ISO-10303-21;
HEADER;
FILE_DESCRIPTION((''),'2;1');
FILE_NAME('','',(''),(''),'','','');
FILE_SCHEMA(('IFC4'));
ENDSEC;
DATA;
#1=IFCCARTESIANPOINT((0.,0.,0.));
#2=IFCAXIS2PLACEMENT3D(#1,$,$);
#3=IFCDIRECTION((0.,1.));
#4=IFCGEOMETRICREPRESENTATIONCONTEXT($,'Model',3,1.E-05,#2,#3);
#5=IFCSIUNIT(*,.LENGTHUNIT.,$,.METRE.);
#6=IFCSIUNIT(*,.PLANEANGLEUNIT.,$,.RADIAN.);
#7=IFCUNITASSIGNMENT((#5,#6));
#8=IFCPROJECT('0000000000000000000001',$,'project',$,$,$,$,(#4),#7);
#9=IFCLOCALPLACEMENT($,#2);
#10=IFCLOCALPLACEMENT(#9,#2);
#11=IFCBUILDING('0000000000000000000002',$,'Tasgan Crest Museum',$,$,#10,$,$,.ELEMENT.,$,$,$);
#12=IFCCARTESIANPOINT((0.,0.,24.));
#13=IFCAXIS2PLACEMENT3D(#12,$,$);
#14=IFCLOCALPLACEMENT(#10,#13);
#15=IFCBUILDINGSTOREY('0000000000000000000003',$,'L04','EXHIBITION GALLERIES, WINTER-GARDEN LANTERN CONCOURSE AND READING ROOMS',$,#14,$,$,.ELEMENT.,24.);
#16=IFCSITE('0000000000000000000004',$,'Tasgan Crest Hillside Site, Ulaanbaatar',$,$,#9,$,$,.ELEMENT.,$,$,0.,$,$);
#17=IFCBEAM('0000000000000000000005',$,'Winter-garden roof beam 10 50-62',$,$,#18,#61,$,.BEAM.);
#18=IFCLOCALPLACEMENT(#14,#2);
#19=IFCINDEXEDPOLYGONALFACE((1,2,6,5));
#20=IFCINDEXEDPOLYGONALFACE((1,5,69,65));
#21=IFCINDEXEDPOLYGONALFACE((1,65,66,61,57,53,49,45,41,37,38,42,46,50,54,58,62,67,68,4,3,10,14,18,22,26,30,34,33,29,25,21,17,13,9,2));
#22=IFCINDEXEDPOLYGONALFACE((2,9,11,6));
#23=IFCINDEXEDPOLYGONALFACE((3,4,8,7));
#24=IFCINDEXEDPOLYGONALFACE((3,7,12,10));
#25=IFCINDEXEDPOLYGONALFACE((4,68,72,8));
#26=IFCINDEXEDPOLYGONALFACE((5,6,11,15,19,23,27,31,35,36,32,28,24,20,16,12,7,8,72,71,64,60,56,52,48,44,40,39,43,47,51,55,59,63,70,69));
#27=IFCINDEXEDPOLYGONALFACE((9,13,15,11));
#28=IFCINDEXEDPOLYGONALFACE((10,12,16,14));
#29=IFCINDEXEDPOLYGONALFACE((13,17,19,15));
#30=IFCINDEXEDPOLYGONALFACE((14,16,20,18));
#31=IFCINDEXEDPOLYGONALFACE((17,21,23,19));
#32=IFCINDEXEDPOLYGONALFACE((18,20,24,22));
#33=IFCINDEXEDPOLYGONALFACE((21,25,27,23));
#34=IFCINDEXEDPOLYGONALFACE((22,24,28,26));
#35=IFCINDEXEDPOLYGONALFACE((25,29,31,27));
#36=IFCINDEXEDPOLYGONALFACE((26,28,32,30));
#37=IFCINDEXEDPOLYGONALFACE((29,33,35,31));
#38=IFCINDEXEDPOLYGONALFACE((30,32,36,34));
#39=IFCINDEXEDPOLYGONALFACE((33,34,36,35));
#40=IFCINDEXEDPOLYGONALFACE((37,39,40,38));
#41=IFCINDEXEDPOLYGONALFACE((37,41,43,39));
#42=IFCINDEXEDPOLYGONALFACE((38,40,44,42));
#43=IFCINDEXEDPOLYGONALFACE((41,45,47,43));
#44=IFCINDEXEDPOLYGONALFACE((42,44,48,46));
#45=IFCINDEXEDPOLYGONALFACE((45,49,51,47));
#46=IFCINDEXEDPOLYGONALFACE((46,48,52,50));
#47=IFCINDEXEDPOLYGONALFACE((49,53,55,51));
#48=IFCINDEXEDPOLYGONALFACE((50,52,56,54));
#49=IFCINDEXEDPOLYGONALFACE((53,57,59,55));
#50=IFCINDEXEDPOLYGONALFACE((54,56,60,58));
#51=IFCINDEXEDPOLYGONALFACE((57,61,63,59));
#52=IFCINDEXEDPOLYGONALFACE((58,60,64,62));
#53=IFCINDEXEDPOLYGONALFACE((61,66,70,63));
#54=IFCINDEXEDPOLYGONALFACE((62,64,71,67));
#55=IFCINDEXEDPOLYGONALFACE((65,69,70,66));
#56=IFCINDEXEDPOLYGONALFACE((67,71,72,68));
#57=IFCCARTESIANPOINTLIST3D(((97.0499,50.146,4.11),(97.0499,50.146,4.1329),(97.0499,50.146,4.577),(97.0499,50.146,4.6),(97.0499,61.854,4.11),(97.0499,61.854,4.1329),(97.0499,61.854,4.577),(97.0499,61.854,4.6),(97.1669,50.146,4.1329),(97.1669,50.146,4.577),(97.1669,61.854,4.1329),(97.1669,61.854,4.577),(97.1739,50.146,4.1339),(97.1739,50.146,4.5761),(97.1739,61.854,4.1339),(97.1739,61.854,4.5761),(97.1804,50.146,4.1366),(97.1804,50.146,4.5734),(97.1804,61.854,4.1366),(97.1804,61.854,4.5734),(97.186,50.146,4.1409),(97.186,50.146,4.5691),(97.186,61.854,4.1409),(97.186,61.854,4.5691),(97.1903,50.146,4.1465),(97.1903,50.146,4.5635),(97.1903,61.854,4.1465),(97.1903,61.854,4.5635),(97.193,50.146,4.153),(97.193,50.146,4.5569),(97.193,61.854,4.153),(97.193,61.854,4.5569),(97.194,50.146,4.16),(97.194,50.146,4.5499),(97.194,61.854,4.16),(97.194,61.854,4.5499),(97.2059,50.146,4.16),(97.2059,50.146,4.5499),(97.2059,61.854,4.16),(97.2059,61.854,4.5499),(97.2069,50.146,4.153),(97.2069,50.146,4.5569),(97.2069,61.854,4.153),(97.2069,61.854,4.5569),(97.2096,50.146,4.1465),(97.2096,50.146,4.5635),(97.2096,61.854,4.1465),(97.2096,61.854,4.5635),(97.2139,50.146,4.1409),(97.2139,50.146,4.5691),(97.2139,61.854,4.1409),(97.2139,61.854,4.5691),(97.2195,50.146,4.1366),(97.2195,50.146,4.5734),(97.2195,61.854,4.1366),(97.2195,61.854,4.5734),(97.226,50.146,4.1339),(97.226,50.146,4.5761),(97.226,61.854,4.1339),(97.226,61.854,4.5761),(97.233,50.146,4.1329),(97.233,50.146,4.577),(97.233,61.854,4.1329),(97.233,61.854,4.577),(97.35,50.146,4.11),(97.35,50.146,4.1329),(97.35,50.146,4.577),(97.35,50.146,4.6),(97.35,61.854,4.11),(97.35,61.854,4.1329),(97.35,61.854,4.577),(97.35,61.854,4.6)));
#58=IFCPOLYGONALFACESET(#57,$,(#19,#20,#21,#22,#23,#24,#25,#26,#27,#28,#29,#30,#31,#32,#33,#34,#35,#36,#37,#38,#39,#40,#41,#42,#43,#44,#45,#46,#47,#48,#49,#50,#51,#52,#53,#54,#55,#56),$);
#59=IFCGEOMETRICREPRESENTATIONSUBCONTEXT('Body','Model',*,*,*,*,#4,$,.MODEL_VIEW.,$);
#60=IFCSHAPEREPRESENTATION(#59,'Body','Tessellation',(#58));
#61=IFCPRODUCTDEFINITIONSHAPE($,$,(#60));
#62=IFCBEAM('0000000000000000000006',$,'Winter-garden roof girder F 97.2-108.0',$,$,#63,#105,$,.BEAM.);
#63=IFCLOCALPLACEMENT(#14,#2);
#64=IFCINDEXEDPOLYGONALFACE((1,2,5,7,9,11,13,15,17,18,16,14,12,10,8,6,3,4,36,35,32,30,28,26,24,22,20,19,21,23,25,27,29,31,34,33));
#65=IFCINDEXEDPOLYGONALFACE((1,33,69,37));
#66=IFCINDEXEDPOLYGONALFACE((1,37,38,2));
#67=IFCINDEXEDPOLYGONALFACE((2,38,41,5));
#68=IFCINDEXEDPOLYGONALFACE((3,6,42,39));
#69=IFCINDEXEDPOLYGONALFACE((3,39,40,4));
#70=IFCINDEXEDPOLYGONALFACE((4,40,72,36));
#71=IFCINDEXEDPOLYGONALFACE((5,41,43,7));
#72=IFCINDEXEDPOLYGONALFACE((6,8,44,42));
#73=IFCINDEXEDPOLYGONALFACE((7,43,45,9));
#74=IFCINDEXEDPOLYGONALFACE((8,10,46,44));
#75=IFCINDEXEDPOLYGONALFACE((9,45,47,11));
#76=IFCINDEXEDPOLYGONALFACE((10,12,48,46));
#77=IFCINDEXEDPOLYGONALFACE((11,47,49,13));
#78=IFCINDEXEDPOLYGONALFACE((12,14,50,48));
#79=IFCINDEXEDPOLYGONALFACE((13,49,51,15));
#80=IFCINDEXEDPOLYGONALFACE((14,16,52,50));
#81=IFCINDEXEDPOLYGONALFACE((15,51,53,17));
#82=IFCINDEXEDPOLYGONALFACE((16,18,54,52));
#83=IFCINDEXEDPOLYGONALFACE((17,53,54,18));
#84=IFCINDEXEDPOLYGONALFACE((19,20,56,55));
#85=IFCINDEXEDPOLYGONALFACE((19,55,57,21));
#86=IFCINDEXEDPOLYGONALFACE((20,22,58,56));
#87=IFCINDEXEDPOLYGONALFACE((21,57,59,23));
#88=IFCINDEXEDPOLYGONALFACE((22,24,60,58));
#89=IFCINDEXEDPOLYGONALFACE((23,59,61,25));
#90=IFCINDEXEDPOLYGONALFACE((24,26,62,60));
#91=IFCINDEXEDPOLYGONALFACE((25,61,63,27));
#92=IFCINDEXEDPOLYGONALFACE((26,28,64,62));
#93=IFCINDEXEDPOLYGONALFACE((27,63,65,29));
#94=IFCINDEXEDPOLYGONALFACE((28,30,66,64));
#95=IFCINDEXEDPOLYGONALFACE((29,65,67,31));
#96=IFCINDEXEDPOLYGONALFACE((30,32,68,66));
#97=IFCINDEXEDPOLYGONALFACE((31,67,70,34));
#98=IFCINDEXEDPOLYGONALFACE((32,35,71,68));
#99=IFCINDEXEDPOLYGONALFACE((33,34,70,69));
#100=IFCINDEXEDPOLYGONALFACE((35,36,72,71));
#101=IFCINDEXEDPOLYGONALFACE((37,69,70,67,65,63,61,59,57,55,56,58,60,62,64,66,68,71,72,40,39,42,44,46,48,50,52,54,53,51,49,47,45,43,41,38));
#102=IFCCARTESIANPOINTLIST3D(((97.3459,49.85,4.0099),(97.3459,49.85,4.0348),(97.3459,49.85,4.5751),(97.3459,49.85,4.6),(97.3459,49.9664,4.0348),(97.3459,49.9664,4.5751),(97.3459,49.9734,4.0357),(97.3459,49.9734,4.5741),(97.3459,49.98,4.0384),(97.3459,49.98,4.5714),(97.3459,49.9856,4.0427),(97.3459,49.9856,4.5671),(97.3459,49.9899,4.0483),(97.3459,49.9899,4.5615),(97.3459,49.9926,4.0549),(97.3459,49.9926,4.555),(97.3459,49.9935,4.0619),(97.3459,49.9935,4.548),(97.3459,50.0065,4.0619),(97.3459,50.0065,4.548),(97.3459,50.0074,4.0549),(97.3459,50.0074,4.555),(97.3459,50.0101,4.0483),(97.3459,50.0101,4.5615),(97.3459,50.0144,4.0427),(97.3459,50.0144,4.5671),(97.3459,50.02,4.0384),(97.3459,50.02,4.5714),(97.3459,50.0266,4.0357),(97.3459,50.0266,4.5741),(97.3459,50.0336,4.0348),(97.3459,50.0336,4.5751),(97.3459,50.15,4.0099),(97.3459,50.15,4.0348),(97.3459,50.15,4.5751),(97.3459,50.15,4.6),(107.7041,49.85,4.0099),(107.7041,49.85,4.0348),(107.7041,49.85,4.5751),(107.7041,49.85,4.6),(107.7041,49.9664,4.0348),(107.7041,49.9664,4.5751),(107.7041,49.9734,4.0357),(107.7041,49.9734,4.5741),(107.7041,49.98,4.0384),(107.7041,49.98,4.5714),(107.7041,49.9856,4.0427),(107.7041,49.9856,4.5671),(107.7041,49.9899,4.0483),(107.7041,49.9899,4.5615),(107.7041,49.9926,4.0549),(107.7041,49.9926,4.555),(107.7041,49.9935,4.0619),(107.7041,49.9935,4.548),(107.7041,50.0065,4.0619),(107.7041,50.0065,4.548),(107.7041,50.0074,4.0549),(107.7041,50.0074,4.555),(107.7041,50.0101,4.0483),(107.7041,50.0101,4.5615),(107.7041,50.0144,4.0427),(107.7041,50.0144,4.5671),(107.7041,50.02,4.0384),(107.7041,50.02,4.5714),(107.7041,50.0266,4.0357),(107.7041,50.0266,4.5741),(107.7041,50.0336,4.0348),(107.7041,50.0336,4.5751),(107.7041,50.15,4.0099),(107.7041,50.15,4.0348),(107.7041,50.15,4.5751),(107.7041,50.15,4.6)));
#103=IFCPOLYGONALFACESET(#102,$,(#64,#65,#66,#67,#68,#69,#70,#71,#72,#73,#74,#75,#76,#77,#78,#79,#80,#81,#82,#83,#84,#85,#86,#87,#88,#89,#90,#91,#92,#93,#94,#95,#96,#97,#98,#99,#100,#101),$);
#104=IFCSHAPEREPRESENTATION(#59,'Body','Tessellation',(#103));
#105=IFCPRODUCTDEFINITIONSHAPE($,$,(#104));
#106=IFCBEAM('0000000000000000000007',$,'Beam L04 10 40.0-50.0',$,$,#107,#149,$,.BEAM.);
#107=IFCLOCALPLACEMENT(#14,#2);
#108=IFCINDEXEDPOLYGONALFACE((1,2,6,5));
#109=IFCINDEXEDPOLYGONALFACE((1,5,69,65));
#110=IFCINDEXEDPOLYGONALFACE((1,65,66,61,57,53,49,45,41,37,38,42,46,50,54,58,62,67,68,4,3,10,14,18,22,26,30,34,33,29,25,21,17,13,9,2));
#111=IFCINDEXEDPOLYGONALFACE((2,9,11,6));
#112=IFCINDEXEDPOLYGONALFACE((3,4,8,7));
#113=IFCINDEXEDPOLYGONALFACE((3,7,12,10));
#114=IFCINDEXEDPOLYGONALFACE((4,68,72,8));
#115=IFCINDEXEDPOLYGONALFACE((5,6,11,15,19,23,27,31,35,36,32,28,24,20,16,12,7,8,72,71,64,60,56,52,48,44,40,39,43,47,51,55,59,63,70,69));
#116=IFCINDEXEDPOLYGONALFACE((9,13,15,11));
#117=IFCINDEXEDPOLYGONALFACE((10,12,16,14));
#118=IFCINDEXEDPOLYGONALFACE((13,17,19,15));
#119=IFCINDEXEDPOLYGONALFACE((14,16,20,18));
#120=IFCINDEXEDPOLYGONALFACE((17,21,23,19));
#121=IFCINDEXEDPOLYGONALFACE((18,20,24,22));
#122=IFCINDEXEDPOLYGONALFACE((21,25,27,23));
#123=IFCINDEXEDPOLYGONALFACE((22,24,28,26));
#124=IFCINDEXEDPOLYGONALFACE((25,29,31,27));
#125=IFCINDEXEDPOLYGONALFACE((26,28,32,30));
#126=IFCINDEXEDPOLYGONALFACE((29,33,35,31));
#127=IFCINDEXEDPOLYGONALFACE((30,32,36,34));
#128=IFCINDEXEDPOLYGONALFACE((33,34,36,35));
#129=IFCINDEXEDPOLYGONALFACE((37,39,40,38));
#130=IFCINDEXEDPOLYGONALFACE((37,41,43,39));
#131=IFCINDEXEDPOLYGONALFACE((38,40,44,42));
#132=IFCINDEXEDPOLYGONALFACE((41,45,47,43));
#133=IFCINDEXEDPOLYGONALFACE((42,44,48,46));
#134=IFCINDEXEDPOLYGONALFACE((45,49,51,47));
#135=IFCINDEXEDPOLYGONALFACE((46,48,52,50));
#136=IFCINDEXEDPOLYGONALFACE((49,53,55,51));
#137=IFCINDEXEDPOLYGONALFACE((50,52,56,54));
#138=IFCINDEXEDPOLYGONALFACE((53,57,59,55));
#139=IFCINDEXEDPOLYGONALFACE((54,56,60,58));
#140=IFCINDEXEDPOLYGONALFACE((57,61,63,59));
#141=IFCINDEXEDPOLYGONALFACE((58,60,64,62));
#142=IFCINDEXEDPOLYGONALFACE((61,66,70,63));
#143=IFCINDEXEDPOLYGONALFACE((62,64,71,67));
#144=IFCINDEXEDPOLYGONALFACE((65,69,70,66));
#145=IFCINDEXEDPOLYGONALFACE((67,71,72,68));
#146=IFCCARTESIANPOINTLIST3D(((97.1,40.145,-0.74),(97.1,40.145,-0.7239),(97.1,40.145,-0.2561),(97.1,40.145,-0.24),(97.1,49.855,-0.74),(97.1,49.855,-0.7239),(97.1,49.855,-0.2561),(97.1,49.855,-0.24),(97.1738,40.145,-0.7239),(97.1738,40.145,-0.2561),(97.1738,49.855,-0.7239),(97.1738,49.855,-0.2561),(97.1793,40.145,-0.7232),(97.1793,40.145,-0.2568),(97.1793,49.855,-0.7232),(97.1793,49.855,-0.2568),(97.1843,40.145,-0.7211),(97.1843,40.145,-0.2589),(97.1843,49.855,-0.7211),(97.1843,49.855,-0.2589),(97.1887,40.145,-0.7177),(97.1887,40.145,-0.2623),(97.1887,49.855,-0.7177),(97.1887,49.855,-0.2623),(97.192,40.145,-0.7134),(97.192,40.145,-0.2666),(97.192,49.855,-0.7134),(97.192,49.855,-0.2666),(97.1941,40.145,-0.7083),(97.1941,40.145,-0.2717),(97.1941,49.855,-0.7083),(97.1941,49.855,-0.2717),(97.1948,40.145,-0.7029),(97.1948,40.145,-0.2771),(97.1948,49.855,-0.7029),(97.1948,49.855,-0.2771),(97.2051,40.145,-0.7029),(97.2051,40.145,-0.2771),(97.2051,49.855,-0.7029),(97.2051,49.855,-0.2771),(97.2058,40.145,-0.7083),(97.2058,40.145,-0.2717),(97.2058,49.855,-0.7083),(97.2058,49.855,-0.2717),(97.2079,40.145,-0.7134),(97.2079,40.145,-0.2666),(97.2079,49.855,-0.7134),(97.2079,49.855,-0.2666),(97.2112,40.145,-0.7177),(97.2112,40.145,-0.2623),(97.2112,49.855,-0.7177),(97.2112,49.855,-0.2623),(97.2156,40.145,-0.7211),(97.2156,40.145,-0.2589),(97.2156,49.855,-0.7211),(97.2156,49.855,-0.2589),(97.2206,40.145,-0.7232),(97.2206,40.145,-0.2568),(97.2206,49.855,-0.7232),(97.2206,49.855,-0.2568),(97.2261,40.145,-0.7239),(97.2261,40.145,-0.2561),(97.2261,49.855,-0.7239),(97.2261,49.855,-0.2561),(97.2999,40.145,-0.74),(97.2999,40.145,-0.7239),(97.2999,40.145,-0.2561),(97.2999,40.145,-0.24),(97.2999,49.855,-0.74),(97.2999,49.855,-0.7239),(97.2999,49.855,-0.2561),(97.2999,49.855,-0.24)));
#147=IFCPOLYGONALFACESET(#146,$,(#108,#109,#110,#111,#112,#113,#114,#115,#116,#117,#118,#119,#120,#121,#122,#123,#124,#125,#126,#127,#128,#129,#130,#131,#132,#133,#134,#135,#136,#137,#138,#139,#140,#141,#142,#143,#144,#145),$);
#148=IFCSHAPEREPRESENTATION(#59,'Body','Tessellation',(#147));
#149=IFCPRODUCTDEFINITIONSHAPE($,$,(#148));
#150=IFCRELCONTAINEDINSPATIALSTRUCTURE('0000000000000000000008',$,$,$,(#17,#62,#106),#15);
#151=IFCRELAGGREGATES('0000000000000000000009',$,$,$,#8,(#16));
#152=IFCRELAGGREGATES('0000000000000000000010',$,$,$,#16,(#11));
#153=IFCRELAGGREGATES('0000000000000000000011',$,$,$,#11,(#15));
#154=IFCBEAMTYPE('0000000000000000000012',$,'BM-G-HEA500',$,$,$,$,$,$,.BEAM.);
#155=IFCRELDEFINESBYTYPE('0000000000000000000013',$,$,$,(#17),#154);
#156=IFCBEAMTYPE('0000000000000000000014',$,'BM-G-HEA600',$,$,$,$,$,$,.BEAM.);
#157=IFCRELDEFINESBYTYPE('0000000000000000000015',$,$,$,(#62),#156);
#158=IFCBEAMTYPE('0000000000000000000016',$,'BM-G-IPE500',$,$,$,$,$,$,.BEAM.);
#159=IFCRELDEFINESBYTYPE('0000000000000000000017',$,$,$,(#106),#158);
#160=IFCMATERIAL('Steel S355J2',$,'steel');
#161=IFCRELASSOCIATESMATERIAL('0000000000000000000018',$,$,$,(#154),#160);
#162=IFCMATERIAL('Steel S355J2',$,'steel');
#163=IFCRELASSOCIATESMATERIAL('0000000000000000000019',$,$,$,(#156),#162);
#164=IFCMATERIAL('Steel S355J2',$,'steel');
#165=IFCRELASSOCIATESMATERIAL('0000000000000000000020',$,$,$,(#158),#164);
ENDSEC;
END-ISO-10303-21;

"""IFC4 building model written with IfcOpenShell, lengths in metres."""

from ifc_helpers import new_model, si_unit, direction, frame, origin, origin_2d, place, context, subcontext, project, spatial, i_section, extrude, material, material_profile, profile_set, type_object, element, save


model = new_model("IFC4")

# Units and contexts
model_context = context("Model", 3, precision=1e-05, world=origin(), true_north=direction((0.0, 1.0)))
body_context = subcontext(model_context, "Body", "Model", "MODEL_VIEW")
ifc_project = project(units=[si_unit("LENGTHUNIT", "METRE"), si_unit("PLANEANGLEUNIT", "RADIAN")], contexts=[model_context])

# Site, building, storey
site_placement = place(None, origin())
site = spatial("IfcSite", under=ifc_project, at=site_placement, Name="Tasgan Crest Hillside Site, Ulaanbaatar", CompositionType="ELEMENT", RefElevation=0.0)
building_placement = place(site_placement, origin())
building = spatial("IfcBuilding", under=site, at=building_placement, Name="Tasgan Crest Museum", CompositionType="ELEMENT")
storey_placement = place(building_placement, frame((0.0, 0.0, 24.0)))
storey = spatial("IfcBuildingStorey", under=building, at=storey_placement, Name="L04", Description="EXHIBITION GALLERIES, WINTER-GARDEN LANTERN CONCOURSE AND READING ROOMS", CompositionType="ELEMENT", Elevation=24.0)

# Beams
ifc_material_1 = material(Name="Steel S355J2", Category="steel")
ifc_material_profile_1 = material_profile(ifc_material_1, i_section(OverallWidth=0.3, OverallDepth=0.49, WebThickness=0.012, FlangeThickness=0.0229, FilletRadius=0.0271, at=origin_2d()), Name="HEA 500")
ifc_profile_set_1 = profile_set([ifc_material_profile_1], Name="Steel S355J2")
beam_type_1 = type_object("IfcBeamType", Name="BM-G-HEA500", PredefinedType="BEAM", material=ifc_profile_set_1)
beam_1_placement = place(storey_placement, frame((97.2, 50.146, 4.355), z_axis=(0.0, 1.0, 0.0), x_axis=(-1.0, 0.0, 0.0)))
element("IfcBeam", 1, at=beam_1_placement, inside=storey, type_object=beam_type_1, Name="Winter-garden roof beam 10 50-62", PredefinedType="BEAM", context=body_context, shape_type="SweptSolid", body=[
    extrude(i_section(OverallWidth=0.3, OverallDepth=0.49, WebThickness=0.012, FlangeThickness=0.0229, FilletRadius=0.0271, at=origin_2d()), origin(), (0.0, 0.0, 1.0), 11.708),
])
ifc_material_2 = material(Name="Steel S355J2", Category="steel")
ifc_material_profile_2 = material_profile(ifc_material_2, i_section(OverallWidth=0.3, OverallDepth=0.5901, WebThickness=0.0129, FlangeThickness=0.0249, FilletRadius=0.0271, at=origin_2d()), Name="HEA 600")
ifc_profile_set_2 = profile_set([ifc_material_profile_2], Name="Steel S355J2")
beam_type_2 = type_object("IfcBeamType", Name="BM-G-HEA600", PredefinedType="BEAM", material=ifc_profile_set_2)
beam_2_placement = place(storey_placement, frame((97.3459, 50.0, 4.3049), z_axis=(1.0, 0.0, 0.0), x_axis=(0.0, 1.0, 0.0)))
element("IfcBeam", 2, at=beam_2_placement, inside=storey, type_object=beam_type_2, Name="Winter-garden roof girder F 97.2-108.0", PredefinedType="BEAM", context=body_context, shape_type="SweptSolid", body=[
    extrude(i_section(OverallWidth=0.3, OverallDepth=0.5901, WebThickness=0.0129, FlangeThickness=0.0249, FilletRadius=0.0271, at=origin_2d()), origin(), (0.0, 0.0, 1.0), 10.3582),
])
ifc_material_3 = material(Name="Steel S355J2", Category="steel")
ifc_material_profile_3 = material_profile(ifc_material_3, i_section(OverallWidth=0.2, OverallDepth=0.5, WebThickness=0.0103, FlangeThickness=0.0161, FilletRadius=0.021, at=origin_2d()), Name="IPE 500")
ifc_profile_set_3 = profile_set([ifc_material_profile_3], Name="Steel S355J2")
beam_type_3 = type_object("IfcBeamType", Name="BM-G-IPE500", PredefinedType="BEAM", material=ifc_profile_set_3)
beam_3_placement = place(storey_placement, frame((97.2, 40.145, -0.49), z_axis=(0.0, 1.0, 0.0), x_axis=(-1.0, 0.0, 0.0)))
element("IfcBeam", 3, at=beam_3_placement, inside=storey, type_object=beam_type_3, Name="Beam L04 10 40.0-50.0", PredefinedType="BEAM", context=body_context, shape_type="SweptSolid", body=[
    extrude(i_section(OverallWidth=0.2, OverallDepth=0.5, WebThickness=0.0103, FlangeThickness=0.0161, FilletRadius=0.021, at=origin_2d()), origin(), (0.0, 0.0, 1.0), 9.71),
])

save(model, "model.ifc")
